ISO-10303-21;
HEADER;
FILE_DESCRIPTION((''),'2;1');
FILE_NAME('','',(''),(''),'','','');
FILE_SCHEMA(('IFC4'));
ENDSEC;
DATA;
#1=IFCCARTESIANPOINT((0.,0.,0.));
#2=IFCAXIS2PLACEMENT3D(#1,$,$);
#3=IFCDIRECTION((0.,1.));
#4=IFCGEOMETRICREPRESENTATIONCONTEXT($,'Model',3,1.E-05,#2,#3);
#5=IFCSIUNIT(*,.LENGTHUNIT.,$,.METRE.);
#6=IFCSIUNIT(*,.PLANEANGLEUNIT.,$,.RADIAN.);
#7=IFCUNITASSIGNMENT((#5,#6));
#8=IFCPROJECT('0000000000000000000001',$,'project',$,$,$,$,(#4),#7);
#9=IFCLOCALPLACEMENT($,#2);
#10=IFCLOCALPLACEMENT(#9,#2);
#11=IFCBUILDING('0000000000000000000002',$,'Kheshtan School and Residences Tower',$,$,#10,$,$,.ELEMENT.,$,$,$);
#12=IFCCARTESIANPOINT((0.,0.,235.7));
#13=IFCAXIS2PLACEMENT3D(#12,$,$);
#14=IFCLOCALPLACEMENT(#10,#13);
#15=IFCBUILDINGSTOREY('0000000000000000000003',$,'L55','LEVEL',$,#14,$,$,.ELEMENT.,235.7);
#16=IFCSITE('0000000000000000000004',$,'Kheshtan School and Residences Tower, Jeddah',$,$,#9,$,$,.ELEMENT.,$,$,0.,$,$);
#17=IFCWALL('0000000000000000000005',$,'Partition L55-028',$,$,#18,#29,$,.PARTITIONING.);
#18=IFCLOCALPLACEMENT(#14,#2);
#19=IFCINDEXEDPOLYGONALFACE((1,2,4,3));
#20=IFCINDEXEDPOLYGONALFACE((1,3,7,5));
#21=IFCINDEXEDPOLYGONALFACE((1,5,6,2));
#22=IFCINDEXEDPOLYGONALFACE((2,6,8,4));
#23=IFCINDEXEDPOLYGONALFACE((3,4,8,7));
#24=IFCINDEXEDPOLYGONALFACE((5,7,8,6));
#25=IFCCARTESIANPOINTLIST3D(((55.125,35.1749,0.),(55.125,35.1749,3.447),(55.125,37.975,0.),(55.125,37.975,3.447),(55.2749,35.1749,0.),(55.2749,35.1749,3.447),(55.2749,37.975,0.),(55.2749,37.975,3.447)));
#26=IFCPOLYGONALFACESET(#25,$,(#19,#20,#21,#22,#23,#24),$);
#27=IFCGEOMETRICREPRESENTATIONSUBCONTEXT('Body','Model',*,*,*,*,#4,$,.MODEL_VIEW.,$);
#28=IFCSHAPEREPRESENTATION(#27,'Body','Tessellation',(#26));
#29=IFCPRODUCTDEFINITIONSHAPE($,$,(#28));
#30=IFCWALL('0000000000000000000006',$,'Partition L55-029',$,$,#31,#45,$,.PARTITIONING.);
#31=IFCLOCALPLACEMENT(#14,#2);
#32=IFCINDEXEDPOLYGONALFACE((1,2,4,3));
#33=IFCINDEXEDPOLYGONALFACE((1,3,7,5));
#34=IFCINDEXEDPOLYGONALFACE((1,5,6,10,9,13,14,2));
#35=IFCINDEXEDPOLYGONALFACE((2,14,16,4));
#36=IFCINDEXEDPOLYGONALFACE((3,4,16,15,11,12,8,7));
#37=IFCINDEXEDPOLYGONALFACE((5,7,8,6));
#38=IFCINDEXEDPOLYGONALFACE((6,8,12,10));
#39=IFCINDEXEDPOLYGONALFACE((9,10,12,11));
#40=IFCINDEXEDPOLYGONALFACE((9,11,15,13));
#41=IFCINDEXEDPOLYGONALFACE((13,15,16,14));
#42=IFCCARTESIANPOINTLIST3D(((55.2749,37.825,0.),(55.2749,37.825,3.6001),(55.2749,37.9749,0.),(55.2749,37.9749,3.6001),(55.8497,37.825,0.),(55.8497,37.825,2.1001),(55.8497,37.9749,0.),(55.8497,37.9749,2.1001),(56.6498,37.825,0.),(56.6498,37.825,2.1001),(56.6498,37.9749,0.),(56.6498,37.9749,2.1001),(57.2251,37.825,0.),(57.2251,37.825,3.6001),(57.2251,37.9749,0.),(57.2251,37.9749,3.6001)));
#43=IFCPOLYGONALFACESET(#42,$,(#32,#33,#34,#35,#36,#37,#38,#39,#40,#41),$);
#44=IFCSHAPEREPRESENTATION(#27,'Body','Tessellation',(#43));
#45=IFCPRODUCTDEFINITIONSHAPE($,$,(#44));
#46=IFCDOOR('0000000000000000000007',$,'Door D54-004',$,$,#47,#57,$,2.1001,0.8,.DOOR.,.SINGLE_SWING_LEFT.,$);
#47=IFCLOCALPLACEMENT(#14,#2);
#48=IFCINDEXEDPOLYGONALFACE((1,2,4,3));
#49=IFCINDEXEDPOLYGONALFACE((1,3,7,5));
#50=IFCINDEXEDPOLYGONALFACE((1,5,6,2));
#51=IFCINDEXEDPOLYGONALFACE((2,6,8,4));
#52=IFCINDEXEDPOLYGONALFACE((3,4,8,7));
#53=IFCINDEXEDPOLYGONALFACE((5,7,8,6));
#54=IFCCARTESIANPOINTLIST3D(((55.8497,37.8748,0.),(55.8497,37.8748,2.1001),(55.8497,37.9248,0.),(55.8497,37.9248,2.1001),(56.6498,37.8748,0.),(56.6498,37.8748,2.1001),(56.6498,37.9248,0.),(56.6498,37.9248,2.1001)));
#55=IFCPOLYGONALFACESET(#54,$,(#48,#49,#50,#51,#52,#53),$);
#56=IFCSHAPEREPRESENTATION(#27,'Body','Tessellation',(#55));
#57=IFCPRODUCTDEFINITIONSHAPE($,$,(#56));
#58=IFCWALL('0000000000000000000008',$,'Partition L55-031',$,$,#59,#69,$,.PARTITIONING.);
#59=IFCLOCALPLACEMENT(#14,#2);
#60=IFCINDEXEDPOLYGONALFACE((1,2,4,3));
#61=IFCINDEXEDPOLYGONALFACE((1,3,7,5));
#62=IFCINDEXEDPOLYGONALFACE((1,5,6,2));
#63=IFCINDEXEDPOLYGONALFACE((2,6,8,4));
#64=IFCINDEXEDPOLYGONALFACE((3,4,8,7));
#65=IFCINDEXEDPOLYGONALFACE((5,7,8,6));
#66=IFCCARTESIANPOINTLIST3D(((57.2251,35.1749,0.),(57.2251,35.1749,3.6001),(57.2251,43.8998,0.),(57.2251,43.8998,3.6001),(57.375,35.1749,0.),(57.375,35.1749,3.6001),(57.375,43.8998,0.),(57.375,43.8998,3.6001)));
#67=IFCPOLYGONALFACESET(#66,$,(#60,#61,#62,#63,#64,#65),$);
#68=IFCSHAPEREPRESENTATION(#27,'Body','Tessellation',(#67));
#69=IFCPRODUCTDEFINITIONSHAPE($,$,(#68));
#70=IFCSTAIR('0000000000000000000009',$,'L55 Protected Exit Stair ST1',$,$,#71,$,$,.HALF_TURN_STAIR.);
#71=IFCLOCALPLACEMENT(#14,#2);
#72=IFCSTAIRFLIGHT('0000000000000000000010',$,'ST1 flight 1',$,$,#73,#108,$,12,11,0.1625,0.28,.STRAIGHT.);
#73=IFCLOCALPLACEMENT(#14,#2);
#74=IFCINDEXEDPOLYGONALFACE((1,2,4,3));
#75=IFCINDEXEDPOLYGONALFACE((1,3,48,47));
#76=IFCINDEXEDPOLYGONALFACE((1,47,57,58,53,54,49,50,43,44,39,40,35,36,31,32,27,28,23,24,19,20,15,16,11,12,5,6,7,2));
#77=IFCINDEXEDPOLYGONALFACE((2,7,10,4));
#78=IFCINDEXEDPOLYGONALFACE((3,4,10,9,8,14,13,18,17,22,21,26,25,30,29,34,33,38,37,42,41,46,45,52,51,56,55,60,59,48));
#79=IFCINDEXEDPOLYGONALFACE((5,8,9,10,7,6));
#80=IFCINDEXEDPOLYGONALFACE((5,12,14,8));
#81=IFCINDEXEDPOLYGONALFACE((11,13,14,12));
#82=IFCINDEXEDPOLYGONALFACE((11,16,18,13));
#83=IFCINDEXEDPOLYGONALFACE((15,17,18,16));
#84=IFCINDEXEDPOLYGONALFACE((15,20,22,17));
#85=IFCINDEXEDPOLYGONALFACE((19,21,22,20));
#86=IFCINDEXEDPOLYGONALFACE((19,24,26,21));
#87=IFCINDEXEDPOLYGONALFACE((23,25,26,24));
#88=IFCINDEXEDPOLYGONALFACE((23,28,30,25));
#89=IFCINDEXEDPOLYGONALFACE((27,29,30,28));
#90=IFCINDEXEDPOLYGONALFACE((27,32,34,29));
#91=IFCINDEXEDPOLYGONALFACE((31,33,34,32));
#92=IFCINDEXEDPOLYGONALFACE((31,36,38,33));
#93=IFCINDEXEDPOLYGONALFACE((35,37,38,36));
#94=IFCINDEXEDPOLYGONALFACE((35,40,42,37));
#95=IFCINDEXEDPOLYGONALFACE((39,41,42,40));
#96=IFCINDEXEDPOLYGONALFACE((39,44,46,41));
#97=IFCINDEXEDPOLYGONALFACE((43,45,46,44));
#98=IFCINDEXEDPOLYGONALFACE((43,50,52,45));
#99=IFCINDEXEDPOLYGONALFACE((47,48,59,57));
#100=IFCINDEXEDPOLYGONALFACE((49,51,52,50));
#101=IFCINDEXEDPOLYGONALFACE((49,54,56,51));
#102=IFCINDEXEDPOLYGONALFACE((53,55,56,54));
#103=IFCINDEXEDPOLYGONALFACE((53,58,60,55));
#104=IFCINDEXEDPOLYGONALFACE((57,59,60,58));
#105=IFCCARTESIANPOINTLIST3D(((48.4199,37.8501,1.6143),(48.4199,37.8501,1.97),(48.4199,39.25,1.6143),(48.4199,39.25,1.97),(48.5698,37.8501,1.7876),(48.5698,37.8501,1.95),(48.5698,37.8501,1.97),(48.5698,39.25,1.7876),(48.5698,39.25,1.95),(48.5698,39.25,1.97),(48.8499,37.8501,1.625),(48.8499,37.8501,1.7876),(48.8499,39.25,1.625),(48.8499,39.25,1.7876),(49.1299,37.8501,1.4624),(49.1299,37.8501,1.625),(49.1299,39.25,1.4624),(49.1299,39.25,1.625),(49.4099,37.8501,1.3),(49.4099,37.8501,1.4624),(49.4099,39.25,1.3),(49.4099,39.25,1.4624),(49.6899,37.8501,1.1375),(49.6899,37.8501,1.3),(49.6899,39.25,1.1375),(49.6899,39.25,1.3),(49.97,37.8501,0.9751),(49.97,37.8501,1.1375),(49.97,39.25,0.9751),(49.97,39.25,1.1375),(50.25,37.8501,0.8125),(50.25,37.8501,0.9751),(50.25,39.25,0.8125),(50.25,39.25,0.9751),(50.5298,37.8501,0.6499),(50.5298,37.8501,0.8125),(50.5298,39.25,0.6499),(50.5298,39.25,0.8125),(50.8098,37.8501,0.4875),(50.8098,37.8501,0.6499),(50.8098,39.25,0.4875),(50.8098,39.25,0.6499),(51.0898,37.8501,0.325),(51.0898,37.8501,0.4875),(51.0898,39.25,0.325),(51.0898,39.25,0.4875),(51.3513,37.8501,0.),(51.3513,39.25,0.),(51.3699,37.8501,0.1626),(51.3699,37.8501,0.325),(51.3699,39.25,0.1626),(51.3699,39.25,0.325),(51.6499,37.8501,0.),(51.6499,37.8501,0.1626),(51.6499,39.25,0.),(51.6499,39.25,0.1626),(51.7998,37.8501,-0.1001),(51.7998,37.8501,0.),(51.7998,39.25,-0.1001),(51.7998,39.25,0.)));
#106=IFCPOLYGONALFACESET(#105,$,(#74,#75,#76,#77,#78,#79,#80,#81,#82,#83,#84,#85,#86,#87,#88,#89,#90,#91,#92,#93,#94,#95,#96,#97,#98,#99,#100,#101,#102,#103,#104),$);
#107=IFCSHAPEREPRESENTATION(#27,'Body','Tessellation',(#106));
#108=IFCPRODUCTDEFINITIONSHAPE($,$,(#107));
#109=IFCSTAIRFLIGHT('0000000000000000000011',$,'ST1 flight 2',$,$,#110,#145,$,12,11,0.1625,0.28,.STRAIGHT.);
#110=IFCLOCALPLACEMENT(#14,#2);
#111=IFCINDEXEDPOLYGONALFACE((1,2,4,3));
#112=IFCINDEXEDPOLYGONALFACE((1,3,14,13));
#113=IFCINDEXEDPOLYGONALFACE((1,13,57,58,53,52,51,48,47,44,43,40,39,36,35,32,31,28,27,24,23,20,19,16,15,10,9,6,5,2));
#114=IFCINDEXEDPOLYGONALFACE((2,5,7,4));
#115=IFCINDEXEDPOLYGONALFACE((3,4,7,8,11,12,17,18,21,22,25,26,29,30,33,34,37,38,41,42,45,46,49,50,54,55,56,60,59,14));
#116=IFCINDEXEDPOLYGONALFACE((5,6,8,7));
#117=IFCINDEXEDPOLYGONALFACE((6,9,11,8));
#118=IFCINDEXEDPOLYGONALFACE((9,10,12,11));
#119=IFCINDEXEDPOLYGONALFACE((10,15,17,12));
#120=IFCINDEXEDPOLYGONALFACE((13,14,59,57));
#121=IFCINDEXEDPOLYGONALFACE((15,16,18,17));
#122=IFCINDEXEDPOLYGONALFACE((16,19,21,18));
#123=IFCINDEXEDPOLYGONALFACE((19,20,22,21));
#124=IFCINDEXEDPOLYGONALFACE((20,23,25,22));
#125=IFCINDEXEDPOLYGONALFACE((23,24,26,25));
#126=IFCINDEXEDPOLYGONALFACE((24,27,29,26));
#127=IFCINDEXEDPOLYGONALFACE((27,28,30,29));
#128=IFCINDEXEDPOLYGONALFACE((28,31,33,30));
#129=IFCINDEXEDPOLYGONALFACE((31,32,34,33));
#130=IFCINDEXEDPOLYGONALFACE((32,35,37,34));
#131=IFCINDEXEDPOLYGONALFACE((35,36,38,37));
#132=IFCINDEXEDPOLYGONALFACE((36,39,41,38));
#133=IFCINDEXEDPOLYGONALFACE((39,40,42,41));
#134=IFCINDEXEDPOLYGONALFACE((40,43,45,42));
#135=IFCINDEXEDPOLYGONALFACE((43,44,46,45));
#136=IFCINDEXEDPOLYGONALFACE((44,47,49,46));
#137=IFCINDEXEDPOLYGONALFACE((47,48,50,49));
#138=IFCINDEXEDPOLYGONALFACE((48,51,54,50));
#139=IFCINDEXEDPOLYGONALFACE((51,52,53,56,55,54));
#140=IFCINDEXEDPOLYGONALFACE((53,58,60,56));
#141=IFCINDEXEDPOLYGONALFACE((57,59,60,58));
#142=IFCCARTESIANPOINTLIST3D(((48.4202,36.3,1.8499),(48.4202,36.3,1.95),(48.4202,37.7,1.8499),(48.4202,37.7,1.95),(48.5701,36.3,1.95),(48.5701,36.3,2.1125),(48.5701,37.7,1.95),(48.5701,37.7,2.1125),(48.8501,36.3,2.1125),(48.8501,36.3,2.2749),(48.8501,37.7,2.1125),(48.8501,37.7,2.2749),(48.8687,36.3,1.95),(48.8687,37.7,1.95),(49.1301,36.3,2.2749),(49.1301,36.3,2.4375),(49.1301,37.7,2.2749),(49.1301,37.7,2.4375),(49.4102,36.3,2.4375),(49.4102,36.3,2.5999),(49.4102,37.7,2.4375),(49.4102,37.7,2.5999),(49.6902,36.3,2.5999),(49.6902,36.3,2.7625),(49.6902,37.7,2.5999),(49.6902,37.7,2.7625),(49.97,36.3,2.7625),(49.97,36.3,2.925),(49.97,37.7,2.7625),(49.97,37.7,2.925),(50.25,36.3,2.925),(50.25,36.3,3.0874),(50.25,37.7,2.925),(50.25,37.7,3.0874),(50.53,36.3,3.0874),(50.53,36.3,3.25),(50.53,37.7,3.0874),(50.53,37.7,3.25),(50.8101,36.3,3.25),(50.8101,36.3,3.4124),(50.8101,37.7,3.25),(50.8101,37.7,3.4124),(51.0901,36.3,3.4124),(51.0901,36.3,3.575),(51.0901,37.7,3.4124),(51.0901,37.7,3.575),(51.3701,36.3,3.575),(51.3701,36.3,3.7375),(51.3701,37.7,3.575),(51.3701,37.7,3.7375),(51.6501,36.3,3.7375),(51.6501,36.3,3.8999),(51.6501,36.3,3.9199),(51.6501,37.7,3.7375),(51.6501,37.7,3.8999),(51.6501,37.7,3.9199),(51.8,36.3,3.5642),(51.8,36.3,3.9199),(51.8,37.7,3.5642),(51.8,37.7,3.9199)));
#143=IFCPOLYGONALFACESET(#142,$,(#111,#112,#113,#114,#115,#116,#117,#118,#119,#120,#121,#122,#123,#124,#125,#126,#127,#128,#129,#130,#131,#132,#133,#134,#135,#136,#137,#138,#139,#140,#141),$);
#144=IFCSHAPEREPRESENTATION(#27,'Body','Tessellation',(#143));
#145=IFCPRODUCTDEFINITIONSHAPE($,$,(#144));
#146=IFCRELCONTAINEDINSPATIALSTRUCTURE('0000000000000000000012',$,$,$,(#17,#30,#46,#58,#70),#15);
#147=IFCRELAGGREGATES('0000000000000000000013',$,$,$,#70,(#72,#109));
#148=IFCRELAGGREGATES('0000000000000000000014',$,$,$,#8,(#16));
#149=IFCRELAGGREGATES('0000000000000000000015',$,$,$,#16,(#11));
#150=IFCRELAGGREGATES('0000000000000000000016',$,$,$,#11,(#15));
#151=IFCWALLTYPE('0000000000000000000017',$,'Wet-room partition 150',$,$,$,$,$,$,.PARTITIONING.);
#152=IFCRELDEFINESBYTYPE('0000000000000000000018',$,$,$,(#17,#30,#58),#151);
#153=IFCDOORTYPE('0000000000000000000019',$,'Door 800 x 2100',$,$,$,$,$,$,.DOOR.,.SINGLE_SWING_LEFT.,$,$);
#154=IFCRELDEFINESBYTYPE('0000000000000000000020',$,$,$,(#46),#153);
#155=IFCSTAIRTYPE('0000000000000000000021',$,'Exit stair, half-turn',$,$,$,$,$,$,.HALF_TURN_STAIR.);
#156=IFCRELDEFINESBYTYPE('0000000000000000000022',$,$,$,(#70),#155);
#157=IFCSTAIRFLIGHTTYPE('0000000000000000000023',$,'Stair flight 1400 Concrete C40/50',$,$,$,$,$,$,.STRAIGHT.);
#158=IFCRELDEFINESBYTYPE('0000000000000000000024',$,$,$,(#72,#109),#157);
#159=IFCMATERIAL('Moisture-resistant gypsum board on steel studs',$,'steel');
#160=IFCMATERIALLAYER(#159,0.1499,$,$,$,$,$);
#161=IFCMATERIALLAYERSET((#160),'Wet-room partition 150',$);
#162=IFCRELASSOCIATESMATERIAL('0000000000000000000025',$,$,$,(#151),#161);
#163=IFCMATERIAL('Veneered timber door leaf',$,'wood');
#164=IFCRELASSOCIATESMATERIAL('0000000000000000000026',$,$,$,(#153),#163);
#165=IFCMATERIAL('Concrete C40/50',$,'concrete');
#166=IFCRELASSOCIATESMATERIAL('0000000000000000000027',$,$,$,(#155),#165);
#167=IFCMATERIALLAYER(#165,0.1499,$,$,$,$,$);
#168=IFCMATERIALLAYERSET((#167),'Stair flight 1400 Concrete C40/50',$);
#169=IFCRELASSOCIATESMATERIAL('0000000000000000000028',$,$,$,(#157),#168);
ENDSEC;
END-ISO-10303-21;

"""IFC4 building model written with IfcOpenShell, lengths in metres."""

from ifc_helpers import new_model, si_unit, direction, frame, frame_2d, origin, place, context, subcontext, project, spatial, polyline, rectangle, outline, extrude, source, transform, mapped, material, layer, layer_set, type_object, element, fill, aggregate, save


model = new_model("IFC4")

# Units and contexts
model_context = context("Model", 3, precision=1e-05, world=origin(), true_north=direction((0.0, 1.0)))
body_context = subcontext(model_context, "Body", "Model", "MODEL_VIEW")
ifc_project = project(units=[si_unit("LENGTHUNIT", "METRE"), si_unit("PLANEANGLEUNIT", "RADIAN")], contexts=[model_context])

# Site, building, storey
site_placement = place(None, origin())
site = spatial("IfcSite", under=ifc_project, at=site_placement, Name="Kheshtan School and Residences Tower, Jeddah", CompositionType="ELEMENT", RefElevation=0.0)
building_placement = place(site_placement, origin())
building = spatial("IfcBuilding", under=site, at=building_placement, Name="Kheshtan School and Residences Tower", CompositionType="ELEMENT")
storey_placement = place(building_placement, frame((0.0, 0.0, 235.7)))
storey = spatial("IfcBuildingStorey", under=building, at=storey_placement, Name="L55", Description="LEVEL", CompositionType="ELEMENT", Elevation=235.7)

# Wall
ifc_material_1 = material(Name="Concrete C40/50", Category="concrete")
ifc_material_2 = material(Name="Moisture-resistant gypsum board on steel studs", Category="steel")
ifc_layer_1 = layer(ifc_material_2, 0.1499)
ifc_layer_set_1 = layer_set([ifc_layer_1], Name="Wet-room partition 150")
wall_type_1 = type_object("IfcWallType", Name="Wet-room partition 150", PredefinedType="PARTITIONING", material=ifc_layer_set_1)
wall_1_placement = place(storey_placement, frame((55.2, 35.175, 0.0), z_axis=(0.0, 0.0, 1.0), x_axis=(0.0, 1.0, 0.0)))
element("IfcWall", 1, at=wall_1_placement, inside=storey, type_object=wall_type_1, Name="Partition L55-028", PredefinedType="PARTITIONING", context=body_context, shape_type="SweptSolid", body=[
    extrude(rectangle(XDim=2.8, YDim=0.1499, at=frame_2d((1.3999, 0.0))), origin(), (0.0, 0.0, 1.0), 3.447),
])

# Wall, opening, door
wall_2_placement = place(storey_placement, frame((55.2749, 37.8999, 0.0), z_axis=(0.0, 0.0, 1.0), x_axis=(1.0, 0.0, 0.0)))
wall_2 = element("IfcWall", 2, at=wall_2_placement, inside=storey, type_object=wall_type_1, Name="Partition L55-029", PredefinedType="PARTITIONING", context=body_context, shape_type="SweptSolid", body=[
    extrude(rectangle(XDim=1.9502, YDim=0.1499, at=frame_2d((0.9751, 0.0))), origin(), (0.0, 0.0, 1.0), 3.6001),
])
opening_1_placement = place(wall_2_placement, frame((0.575, 0.0, 0.0)))
opening_1 = element("IfcOpeningElement", 3, at=opening_1_placement, cuts=wall_2, PredefinedType="OPENING", context=body_context, shape_type="SweptSolid", body=[
    extrude(rectangle(XDim=0.8, YDim=2.1001, at=frame_2d((0.3999, 1.05))), frame((0.0, 0.085, 0.0), z_axis=(0.0, -1.0, 0.0), x_axis=(1.0, 0.0, 0.0)), (0.0, 0.0, 1.0), 0.1699),
])
ifc_material_3 = material(Name="Veneered timber door leaf", Category="wood")
door_type_1 = type_object("IfcDoorType", Name="Door 800 x 2100", OperationType="SINGLE_SWING_LEFT", PredefinedType="DOOR", material=ifc_material_3)
shared_shape_1 = source(origin(), body_context, "Body", "SweptSolid", [
    extrude(rectangle(XDim=0.8, YDim=2.1001, at=frame_2d((0.3999, 1.05))), frame((0.0, 0.0249, 0.0), z_axis=(0.0, -1.0, 0.0), x_axis=(1.0, 0.0, 0.0)), (0.0, 0.0, 1.0), 0.05),
])
door_1_placement = place(opening_1_placement, origin())
door_1 = element("IfcDoor", 4, at=door_1_placement, inside=storey, type_object=door_type_1, Name="Door D54-004", OperationType="SINGLE_SWING_LEFT", OverallHeight=2.1001, OverallWidth=0.8, PredefinedType="DOOR", context=body_context, shape_type="MappedRepresentation", body=[
    mapped(shared_shape_1, transform((0.0, 0.0, 0.0), x_axis=(1.0, 0.0, 0.0), y_axis=(0.0, 1.0, 0.0), z_axis=(0.0, 0.0, 1.0), scale=1.0)),
])
fill(opening_1, door_1)

# Wall
wall_3_placement = place(storey_placement, frame((57.3, 35.175, 0.0), z_axis=(0.0, 0.0, 1.0), x_axis=(0.0, 1.0, 0.0)))
element("IfcWall", 5, at=wall_3_placement, inside=storey, type_object=wall_type_1, Name="Partition L55-031", PredefinedType="PARTITIONING", context=body_context, shape_type="SweptSolid", body=[
    extrude(rectangle(XDim=8.7249, YDim=0.1499, at=frame_2d((4.3623, 0.0))), origin(), (0.0, 0.0, 1.0), 3.6001),
])

# Stair, stair flights
stair_type = type_object("IfcStairType", Name="Exit stair, half-turn", PredefinedType="HALF_TURN_STAIR", material=ifc_material_1)
stair_placement = place(storey_placement, origin())
stair = element("IfcStair", 6, at=stair_placement, inside=storey, type_object=stair_type, Name="L55 Protected Exit Stair ST1", PredefinedType="HALF_TURN_STAIR")
ifc_layer_2 = layer(ifc_material_1, 0.1499)
ifc_layer_set_2 = layer_set([ifc_layer_2], Name="Stair flight 1400 Concrete C40/50")
stair_flight_type = type_object("IfcStairFlightType", Name="Stair flight 1400 Concrete C40/50", PredefinedType="STRAIGHT", material=ifc_layer_set_2)
stair_flight_1_placement = place(storey_placement, frame((51.6499, 38.55, 0.0), z_axis=(0.0, 0.0, 1.0), x_axis=(-1.0, 0.0, 0.0)))
stair_flight_1 = element("IfcStairFlight", 7, at=stair_flight_1_placement, type_object=stair_flight_type, Name="ST1 flight 1", NumberOfRisers=12, NumberOfTreads=11, PredefinedType="STRAIGHT", RiserHeight=0.1625, TreadLength=0.28, context=body_context, shape_type="SweptSolid", body=[
    extrude(outline(polyline([(-0.1499, -0.1001), (-0.1499, 0.0), (0.0, 0.0), (0.0, 0.1626), (0.28, 0.1626), (0.28, 0.325), (0.5601, 0.325), (0.5601, 0.4875), (0.8401, 0.4875), (0.8401, 0.6499), (1.1201, 0.6499), (1.1201, 0.8125), (1.3999, 0.8125), (1.3999, 0.9751), (1.6799, 0.9751), (1.6799, 1.1375), (1.96, 1.1375), (1.96, 1.3), (2.24, 1.3), (2.24, 1.4624), (2.52, 1.4624), (2.52, 1.625), (2.8, 1.625), (2.8, 1.7876), (3.0801, 1.7876), (3.0801, 1.95), (3.0801, 1.97), (3.23, 1.97), (3.23, 1.6143), (0.2986, 0.0), (-0.1499, -0.1001)])), frame((0.0, 0.7, 0.0), z_axis=(0.0, -1.0, 0.0), x_axis=(1.0, 0.0, 0.0)), (0.0, 0.0, 1.0), 1.3999),
])
stair_flight_2_placement = place(storey_placement, frame((48.5701, 37.0, 1.95), z_axis=(0.0, 0.0, 1.0), x_axis=(1.0, 0.0, 0.0)))
stair_flight_2 = element("IfcStairFlight", 8, at=stair_flight_2_placement, type_object=stair_flight_type, Name="ST1 flight 2", NumberOfRisers=12, NumberOfTreads=11, PredefinedType="STRAIGHT", RiserHeight=0.1625, TreadLength=0.28, context=body_context, shape_type="SweptSolid", body=[
    extrude(outline(polyline([(-0.1499, -0.1001), (-0.1499, 0.0), (0.0, 0.0), (0.0, 0.1626), (0.28, 0.1626), (0.28, 0.325), (0.5601, 0.325), (0.5601, 0.4875), (0.8401, 0.4875), (0.8401, 0.6499), (1.1201, 0.6499), (1.1201, 0.8125), (1.3999, 0.8125), (1.3999, 0.9751), (1.6799, 0.9751), (1.6799, 1.1375), (1.96, 1.1375), (1.96, 1.3), (2.24, 1.3), (2.24, 1.4624), (2.52, 1.4624), (2.52, 1.625), (2.8, 1.625), (2.8, 1.7876), (3.0801, 1.7876), (3.0801, 1.95), (3.0801, 1.97), (3.23, 1.97), (3.23, 1.6143), (0.2986, 0.0), (-0.1499, -0.1001)])), frame((0.0, 0.7, 0.0), z_axis=(0.0, -1.0, 0.0), x_axis=(1.0, 0.0, 0.0)), (0.0, 0.0, 1.0), 1.3999),
])
aggregate(stair, [stair_flight_1, stair_flight_2])

save(model, "model.ifc")
